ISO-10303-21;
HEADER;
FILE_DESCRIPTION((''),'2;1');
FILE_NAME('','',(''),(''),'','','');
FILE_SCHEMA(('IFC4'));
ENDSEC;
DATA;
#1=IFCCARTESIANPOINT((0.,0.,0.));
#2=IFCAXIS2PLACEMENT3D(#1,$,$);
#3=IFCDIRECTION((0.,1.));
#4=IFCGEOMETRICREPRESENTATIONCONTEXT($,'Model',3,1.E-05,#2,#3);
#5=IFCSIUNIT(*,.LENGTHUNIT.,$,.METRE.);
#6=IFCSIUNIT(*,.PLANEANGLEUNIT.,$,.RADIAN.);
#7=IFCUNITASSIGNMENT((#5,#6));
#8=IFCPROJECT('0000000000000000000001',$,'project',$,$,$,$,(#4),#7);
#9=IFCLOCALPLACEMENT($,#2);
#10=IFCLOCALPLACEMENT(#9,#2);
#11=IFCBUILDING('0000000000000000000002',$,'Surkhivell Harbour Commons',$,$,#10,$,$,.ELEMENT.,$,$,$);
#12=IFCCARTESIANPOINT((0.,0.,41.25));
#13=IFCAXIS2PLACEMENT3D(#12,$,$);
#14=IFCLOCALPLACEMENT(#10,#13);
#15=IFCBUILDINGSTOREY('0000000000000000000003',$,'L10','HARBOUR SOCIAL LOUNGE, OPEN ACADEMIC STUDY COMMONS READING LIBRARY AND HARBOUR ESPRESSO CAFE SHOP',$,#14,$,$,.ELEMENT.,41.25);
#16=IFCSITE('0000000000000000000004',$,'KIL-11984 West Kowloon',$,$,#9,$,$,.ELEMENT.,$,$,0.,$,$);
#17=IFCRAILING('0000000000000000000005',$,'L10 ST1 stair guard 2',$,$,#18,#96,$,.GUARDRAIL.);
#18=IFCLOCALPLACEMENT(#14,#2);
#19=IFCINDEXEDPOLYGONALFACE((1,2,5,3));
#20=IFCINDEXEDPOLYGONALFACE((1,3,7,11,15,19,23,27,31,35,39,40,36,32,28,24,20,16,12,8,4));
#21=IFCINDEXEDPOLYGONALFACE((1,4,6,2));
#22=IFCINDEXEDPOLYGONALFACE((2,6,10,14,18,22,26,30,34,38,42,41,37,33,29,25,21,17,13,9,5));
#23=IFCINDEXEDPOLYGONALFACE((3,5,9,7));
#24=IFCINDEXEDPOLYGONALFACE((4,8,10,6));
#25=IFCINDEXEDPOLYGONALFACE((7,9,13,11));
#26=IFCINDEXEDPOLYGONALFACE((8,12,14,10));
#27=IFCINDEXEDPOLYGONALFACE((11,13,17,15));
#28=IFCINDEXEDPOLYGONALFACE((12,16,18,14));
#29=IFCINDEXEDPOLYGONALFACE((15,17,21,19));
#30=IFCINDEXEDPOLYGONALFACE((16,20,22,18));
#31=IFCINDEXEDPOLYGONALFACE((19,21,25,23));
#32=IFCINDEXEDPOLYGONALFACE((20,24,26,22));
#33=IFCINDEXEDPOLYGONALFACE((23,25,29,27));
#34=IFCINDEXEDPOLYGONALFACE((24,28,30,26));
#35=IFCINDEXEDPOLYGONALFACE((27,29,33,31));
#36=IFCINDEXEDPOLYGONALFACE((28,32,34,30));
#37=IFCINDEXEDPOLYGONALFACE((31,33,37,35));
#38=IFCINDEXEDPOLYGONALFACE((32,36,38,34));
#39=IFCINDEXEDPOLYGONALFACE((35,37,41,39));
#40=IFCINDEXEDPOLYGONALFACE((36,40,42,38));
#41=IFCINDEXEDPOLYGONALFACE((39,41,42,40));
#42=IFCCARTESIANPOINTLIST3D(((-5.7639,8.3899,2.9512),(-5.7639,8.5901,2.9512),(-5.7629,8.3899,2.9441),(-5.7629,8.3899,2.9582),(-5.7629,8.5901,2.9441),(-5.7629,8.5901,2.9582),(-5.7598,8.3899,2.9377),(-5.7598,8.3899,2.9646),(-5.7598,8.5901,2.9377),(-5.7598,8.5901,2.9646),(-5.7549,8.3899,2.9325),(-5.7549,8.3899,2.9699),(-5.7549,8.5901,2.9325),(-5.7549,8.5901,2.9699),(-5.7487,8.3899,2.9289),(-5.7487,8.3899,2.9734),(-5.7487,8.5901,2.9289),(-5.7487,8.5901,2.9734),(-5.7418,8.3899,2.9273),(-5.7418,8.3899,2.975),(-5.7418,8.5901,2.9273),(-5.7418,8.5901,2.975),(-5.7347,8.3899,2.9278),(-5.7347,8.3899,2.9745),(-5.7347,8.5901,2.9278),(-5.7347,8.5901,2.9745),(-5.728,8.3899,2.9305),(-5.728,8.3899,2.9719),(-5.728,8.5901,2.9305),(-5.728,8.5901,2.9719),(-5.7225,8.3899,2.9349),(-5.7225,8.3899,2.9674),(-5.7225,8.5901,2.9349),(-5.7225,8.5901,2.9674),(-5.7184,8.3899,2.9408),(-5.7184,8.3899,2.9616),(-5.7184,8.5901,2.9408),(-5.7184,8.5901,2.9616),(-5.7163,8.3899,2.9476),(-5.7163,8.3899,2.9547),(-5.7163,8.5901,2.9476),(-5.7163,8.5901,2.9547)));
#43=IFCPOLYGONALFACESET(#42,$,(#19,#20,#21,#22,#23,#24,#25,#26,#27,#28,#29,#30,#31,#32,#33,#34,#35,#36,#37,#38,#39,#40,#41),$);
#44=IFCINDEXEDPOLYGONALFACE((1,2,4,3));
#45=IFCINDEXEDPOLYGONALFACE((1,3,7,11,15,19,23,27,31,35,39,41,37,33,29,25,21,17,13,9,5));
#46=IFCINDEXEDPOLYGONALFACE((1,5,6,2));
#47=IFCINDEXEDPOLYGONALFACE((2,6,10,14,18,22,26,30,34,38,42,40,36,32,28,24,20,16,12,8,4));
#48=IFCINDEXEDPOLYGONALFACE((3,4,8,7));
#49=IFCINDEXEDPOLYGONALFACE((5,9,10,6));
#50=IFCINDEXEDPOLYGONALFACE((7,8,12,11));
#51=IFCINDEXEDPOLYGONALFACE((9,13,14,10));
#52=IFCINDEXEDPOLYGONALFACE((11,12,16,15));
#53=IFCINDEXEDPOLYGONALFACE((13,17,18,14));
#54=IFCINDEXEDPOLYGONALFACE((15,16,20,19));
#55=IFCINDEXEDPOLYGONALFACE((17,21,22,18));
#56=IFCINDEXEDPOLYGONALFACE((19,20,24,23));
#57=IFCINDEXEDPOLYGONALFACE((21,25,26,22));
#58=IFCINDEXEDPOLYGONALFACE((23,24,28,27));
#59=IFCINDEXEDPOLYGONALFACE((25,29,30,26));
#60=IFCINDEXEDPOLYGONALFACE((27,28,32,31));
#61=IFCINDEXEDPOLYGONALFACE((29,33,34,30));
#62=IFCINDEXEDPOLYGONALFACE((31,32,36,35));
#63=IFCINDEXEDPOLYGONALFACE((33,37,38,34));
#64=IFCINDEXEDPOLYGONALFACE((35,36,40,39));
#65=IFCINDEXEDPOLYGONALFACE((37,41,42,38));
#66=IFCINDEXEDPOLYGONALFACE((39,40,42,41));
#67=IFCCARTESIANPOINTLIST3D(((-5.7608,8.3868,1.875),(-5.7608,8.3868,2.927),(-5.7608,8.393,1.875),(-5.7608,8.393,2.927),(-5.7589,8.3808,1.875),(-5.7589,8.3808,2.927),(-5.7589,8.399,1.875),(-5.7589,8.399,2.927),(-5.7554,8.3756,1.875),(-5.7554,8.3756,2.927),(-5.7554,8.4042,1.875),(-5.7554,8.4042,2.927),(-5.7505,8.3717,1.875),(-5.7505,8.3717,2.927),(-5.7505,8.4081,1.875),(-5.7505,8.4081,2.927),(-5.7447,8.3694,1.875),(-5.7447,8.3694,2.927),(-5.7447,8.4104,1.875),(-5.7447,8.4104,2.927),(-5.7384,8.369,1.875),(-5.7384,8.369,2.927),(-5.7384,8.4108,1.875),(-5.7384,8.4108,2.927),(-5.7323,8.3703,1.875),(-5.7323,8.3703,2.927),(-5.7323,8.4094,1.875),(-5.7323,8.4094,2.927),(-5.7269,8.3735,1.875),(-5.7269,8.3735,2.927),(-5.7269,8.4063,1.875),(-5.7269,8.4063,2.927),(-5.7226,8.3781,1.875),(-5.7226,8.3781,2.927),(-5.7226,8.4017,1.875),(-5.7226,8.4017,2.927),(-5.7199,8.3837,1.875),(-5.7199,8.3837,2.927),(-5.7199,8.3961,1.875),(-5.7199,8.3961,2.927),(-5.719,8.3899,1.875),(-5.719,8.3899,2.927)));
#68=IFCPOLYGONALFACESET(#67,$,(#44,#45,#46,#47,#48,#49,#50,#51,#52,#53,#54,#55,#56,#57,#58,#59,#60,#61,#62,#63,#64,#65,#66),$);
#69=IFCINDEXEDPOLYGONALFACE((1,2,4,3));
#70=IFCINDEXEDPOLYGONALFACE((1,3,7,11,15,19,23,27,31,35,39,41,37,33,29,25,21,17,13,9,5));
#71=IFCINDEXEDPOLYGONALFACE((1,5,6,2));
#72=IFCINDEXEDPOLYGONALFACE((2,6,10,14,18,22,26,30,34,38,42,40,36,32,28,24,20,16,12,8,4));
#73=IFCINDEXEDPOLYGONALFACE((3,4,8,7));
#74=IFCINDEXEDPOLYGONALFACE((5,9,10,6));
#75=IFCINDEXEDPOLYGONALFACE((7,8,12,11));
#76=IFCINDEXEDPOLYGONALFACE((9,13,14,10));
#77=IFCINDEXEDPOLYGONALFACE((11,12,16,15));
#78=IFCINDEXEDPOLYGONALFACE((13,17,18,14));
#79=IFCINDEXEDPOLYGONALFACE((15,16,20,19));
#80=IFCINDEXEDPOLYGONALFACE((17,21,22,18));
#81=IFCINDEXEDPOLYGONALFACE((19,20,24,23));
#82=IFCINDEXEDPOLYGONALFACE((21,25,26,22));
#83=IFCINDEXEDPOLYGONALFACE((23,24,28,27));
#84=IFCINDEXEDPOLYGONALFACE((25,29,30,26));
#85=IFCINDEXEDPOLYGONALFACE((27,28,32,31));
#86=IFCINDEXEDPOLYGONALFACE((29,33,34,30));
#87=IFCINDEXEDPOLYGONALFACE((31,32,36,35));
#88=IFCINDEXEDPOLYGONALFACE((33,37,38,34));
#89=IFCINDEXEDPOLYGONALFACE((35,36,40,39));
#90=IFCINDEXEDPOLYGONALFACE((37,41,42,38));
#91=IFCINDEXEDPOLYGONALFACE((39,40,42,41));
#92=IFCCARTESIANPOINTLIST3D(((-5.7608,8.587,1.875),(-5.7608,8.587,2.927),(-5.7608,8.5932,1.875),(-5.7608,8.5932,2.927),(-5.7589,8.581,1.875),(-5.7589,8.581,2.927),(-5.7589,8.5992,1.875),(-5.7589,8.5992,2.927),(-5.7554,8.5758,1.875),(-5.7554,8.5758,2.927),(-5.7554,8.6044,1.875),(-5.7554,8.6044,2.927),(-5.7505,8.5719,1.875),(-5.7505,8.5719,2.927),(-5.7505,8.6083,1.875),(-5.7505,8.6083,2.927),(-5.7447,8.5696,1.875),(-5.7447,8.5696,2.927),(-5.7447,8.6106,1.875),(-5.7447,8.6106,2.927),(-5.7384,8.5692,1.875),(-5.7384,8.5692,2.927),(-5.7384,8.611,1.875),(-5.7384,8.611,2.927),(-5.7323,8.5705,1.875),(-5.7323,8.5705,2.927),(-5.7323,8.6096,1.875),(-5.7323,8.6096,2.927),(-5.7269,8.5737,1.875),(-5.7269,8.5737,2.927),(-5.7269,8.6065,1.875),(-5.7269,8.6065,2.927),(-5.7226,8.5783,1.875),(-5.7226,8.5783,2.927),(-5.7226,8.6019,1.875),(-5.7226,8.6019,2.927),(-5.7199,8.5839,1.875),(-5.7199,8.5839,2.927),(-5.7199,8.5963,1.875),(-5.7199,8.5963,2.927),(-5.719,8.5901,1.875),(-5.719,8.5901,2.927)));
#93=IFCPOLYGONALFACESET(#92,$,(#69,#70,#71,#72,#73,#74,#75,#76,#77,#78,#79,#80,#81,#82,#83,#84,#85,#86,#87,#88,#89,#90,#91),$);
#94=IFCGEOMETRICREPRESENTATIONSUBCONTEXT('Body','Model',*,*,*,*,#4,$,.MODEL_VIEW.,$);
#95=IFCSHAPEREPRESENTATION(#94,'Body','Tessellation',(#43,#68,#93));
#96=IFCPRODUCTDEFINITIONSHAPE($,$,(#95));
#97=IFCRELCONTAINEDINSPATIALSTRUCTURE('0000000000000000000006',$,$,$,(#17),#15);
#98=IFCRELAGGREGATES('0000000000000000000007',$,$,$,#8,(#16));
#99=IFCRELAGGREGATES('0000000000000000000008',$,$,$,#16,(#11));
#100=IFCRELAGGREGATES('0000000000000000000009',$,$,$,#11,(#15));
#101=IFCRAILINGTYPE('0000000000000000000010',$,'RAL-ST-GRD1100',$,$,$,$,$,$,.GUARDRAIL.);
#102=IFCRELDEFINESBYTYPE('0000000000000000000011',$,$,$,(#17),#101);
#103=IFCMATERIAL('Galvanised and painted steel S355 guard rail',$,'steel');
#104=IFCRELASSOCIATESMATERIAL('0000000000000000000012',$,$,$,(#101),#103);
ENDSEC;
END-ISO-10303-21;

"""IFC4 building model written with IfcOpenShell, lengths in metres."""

from ifc_helpers import new_model, si_unit, direction, frame, origin, origin_2d, place, context, subcontext, project, spatial, circle, extrude, material, type_object, element, save


model = new_model("IFC4")

# Units and contexts
model_context = context("Model", 3, precision=1e-05, world=origin(), true_north=direction((0.0, 1.0)))
body_context = subcontext(model_context, "Body", "Model", "MODEL_VIEW")
ifc_project = project(units=[si_unit("LENGTHUNIT", "METRE"), si_unit("PLANEANGLEUNIT", "RADIAN")], contexts=[model_context])

# Site, building, storey
site_placement = place(None, origin())
site = spatial("IfcSite", under=ifc_project, at=site_placement, Name="KIL-11984 West Kowloon", CompositionType="ELEMENT", RefElevation=0.0)
building_placement = place(site_placement, origin())
building = spatial("IfcBuilding", under=site, at=building_placement, Name="Surkhivell Harbour Commons", CompositionType="ELEMENT")
storey_placement = place(building_placement, frame((0.0, 0.0, 41.25)))
storey = spatial("IfcBuildingStorey", under=building, at=storey_placement, Name="L10", Description="HARBOUR SOCIAL LOUNGE, OPEN ACADEMIC STUDY COMMONS READING LIBRARY AND HARBOUR ESPRESSO CAFE SHOP", CompositionType="ELEMENT", Elevation=41.25)

# Railing
ifc_material_1 = material(Name="Galvanised and painted steel S355 guard rail", Category="steel")
railing_type_1 = type_object("IfcRailingType", Name="RAL-ST-GRD1100", PredefinedType="GUARDRAIL", material=ifc_material_1)
railing_1_placement = place(storey_placement, frame((-5.74, 8.3899, 1.875)))
element("IfcRailing", 1, at=railing_1_placement, inside=storey, type_object=railing_type_1, Name="L10 ST1 stair guard 2", PredefinedType="GUARDRAIL", context=body_context, shape_type="SweptSolid", body=[
    extrude(circle(Radius=0.0239, at=origin_2d()), frame((0.0, 0.0, 1.0762), z_axis=(0.0, 1.0, 0.0), x_axis=(-1.0, 0.0, 0.0)), (0.0, 0.0, 1.0), 0.2002),
    extrude(circle(Radius=0.021, at=origin_2d()), origin(), (0.0, 0.0, 1.0), 1.052),
    extrude(circle(Radius=0.021, at=origin_2d()), frame((0.0, 0.2002, 0.0)), (0.0, 0.0, 1.0), 1.052),
])

save(model, "model.ifc")
